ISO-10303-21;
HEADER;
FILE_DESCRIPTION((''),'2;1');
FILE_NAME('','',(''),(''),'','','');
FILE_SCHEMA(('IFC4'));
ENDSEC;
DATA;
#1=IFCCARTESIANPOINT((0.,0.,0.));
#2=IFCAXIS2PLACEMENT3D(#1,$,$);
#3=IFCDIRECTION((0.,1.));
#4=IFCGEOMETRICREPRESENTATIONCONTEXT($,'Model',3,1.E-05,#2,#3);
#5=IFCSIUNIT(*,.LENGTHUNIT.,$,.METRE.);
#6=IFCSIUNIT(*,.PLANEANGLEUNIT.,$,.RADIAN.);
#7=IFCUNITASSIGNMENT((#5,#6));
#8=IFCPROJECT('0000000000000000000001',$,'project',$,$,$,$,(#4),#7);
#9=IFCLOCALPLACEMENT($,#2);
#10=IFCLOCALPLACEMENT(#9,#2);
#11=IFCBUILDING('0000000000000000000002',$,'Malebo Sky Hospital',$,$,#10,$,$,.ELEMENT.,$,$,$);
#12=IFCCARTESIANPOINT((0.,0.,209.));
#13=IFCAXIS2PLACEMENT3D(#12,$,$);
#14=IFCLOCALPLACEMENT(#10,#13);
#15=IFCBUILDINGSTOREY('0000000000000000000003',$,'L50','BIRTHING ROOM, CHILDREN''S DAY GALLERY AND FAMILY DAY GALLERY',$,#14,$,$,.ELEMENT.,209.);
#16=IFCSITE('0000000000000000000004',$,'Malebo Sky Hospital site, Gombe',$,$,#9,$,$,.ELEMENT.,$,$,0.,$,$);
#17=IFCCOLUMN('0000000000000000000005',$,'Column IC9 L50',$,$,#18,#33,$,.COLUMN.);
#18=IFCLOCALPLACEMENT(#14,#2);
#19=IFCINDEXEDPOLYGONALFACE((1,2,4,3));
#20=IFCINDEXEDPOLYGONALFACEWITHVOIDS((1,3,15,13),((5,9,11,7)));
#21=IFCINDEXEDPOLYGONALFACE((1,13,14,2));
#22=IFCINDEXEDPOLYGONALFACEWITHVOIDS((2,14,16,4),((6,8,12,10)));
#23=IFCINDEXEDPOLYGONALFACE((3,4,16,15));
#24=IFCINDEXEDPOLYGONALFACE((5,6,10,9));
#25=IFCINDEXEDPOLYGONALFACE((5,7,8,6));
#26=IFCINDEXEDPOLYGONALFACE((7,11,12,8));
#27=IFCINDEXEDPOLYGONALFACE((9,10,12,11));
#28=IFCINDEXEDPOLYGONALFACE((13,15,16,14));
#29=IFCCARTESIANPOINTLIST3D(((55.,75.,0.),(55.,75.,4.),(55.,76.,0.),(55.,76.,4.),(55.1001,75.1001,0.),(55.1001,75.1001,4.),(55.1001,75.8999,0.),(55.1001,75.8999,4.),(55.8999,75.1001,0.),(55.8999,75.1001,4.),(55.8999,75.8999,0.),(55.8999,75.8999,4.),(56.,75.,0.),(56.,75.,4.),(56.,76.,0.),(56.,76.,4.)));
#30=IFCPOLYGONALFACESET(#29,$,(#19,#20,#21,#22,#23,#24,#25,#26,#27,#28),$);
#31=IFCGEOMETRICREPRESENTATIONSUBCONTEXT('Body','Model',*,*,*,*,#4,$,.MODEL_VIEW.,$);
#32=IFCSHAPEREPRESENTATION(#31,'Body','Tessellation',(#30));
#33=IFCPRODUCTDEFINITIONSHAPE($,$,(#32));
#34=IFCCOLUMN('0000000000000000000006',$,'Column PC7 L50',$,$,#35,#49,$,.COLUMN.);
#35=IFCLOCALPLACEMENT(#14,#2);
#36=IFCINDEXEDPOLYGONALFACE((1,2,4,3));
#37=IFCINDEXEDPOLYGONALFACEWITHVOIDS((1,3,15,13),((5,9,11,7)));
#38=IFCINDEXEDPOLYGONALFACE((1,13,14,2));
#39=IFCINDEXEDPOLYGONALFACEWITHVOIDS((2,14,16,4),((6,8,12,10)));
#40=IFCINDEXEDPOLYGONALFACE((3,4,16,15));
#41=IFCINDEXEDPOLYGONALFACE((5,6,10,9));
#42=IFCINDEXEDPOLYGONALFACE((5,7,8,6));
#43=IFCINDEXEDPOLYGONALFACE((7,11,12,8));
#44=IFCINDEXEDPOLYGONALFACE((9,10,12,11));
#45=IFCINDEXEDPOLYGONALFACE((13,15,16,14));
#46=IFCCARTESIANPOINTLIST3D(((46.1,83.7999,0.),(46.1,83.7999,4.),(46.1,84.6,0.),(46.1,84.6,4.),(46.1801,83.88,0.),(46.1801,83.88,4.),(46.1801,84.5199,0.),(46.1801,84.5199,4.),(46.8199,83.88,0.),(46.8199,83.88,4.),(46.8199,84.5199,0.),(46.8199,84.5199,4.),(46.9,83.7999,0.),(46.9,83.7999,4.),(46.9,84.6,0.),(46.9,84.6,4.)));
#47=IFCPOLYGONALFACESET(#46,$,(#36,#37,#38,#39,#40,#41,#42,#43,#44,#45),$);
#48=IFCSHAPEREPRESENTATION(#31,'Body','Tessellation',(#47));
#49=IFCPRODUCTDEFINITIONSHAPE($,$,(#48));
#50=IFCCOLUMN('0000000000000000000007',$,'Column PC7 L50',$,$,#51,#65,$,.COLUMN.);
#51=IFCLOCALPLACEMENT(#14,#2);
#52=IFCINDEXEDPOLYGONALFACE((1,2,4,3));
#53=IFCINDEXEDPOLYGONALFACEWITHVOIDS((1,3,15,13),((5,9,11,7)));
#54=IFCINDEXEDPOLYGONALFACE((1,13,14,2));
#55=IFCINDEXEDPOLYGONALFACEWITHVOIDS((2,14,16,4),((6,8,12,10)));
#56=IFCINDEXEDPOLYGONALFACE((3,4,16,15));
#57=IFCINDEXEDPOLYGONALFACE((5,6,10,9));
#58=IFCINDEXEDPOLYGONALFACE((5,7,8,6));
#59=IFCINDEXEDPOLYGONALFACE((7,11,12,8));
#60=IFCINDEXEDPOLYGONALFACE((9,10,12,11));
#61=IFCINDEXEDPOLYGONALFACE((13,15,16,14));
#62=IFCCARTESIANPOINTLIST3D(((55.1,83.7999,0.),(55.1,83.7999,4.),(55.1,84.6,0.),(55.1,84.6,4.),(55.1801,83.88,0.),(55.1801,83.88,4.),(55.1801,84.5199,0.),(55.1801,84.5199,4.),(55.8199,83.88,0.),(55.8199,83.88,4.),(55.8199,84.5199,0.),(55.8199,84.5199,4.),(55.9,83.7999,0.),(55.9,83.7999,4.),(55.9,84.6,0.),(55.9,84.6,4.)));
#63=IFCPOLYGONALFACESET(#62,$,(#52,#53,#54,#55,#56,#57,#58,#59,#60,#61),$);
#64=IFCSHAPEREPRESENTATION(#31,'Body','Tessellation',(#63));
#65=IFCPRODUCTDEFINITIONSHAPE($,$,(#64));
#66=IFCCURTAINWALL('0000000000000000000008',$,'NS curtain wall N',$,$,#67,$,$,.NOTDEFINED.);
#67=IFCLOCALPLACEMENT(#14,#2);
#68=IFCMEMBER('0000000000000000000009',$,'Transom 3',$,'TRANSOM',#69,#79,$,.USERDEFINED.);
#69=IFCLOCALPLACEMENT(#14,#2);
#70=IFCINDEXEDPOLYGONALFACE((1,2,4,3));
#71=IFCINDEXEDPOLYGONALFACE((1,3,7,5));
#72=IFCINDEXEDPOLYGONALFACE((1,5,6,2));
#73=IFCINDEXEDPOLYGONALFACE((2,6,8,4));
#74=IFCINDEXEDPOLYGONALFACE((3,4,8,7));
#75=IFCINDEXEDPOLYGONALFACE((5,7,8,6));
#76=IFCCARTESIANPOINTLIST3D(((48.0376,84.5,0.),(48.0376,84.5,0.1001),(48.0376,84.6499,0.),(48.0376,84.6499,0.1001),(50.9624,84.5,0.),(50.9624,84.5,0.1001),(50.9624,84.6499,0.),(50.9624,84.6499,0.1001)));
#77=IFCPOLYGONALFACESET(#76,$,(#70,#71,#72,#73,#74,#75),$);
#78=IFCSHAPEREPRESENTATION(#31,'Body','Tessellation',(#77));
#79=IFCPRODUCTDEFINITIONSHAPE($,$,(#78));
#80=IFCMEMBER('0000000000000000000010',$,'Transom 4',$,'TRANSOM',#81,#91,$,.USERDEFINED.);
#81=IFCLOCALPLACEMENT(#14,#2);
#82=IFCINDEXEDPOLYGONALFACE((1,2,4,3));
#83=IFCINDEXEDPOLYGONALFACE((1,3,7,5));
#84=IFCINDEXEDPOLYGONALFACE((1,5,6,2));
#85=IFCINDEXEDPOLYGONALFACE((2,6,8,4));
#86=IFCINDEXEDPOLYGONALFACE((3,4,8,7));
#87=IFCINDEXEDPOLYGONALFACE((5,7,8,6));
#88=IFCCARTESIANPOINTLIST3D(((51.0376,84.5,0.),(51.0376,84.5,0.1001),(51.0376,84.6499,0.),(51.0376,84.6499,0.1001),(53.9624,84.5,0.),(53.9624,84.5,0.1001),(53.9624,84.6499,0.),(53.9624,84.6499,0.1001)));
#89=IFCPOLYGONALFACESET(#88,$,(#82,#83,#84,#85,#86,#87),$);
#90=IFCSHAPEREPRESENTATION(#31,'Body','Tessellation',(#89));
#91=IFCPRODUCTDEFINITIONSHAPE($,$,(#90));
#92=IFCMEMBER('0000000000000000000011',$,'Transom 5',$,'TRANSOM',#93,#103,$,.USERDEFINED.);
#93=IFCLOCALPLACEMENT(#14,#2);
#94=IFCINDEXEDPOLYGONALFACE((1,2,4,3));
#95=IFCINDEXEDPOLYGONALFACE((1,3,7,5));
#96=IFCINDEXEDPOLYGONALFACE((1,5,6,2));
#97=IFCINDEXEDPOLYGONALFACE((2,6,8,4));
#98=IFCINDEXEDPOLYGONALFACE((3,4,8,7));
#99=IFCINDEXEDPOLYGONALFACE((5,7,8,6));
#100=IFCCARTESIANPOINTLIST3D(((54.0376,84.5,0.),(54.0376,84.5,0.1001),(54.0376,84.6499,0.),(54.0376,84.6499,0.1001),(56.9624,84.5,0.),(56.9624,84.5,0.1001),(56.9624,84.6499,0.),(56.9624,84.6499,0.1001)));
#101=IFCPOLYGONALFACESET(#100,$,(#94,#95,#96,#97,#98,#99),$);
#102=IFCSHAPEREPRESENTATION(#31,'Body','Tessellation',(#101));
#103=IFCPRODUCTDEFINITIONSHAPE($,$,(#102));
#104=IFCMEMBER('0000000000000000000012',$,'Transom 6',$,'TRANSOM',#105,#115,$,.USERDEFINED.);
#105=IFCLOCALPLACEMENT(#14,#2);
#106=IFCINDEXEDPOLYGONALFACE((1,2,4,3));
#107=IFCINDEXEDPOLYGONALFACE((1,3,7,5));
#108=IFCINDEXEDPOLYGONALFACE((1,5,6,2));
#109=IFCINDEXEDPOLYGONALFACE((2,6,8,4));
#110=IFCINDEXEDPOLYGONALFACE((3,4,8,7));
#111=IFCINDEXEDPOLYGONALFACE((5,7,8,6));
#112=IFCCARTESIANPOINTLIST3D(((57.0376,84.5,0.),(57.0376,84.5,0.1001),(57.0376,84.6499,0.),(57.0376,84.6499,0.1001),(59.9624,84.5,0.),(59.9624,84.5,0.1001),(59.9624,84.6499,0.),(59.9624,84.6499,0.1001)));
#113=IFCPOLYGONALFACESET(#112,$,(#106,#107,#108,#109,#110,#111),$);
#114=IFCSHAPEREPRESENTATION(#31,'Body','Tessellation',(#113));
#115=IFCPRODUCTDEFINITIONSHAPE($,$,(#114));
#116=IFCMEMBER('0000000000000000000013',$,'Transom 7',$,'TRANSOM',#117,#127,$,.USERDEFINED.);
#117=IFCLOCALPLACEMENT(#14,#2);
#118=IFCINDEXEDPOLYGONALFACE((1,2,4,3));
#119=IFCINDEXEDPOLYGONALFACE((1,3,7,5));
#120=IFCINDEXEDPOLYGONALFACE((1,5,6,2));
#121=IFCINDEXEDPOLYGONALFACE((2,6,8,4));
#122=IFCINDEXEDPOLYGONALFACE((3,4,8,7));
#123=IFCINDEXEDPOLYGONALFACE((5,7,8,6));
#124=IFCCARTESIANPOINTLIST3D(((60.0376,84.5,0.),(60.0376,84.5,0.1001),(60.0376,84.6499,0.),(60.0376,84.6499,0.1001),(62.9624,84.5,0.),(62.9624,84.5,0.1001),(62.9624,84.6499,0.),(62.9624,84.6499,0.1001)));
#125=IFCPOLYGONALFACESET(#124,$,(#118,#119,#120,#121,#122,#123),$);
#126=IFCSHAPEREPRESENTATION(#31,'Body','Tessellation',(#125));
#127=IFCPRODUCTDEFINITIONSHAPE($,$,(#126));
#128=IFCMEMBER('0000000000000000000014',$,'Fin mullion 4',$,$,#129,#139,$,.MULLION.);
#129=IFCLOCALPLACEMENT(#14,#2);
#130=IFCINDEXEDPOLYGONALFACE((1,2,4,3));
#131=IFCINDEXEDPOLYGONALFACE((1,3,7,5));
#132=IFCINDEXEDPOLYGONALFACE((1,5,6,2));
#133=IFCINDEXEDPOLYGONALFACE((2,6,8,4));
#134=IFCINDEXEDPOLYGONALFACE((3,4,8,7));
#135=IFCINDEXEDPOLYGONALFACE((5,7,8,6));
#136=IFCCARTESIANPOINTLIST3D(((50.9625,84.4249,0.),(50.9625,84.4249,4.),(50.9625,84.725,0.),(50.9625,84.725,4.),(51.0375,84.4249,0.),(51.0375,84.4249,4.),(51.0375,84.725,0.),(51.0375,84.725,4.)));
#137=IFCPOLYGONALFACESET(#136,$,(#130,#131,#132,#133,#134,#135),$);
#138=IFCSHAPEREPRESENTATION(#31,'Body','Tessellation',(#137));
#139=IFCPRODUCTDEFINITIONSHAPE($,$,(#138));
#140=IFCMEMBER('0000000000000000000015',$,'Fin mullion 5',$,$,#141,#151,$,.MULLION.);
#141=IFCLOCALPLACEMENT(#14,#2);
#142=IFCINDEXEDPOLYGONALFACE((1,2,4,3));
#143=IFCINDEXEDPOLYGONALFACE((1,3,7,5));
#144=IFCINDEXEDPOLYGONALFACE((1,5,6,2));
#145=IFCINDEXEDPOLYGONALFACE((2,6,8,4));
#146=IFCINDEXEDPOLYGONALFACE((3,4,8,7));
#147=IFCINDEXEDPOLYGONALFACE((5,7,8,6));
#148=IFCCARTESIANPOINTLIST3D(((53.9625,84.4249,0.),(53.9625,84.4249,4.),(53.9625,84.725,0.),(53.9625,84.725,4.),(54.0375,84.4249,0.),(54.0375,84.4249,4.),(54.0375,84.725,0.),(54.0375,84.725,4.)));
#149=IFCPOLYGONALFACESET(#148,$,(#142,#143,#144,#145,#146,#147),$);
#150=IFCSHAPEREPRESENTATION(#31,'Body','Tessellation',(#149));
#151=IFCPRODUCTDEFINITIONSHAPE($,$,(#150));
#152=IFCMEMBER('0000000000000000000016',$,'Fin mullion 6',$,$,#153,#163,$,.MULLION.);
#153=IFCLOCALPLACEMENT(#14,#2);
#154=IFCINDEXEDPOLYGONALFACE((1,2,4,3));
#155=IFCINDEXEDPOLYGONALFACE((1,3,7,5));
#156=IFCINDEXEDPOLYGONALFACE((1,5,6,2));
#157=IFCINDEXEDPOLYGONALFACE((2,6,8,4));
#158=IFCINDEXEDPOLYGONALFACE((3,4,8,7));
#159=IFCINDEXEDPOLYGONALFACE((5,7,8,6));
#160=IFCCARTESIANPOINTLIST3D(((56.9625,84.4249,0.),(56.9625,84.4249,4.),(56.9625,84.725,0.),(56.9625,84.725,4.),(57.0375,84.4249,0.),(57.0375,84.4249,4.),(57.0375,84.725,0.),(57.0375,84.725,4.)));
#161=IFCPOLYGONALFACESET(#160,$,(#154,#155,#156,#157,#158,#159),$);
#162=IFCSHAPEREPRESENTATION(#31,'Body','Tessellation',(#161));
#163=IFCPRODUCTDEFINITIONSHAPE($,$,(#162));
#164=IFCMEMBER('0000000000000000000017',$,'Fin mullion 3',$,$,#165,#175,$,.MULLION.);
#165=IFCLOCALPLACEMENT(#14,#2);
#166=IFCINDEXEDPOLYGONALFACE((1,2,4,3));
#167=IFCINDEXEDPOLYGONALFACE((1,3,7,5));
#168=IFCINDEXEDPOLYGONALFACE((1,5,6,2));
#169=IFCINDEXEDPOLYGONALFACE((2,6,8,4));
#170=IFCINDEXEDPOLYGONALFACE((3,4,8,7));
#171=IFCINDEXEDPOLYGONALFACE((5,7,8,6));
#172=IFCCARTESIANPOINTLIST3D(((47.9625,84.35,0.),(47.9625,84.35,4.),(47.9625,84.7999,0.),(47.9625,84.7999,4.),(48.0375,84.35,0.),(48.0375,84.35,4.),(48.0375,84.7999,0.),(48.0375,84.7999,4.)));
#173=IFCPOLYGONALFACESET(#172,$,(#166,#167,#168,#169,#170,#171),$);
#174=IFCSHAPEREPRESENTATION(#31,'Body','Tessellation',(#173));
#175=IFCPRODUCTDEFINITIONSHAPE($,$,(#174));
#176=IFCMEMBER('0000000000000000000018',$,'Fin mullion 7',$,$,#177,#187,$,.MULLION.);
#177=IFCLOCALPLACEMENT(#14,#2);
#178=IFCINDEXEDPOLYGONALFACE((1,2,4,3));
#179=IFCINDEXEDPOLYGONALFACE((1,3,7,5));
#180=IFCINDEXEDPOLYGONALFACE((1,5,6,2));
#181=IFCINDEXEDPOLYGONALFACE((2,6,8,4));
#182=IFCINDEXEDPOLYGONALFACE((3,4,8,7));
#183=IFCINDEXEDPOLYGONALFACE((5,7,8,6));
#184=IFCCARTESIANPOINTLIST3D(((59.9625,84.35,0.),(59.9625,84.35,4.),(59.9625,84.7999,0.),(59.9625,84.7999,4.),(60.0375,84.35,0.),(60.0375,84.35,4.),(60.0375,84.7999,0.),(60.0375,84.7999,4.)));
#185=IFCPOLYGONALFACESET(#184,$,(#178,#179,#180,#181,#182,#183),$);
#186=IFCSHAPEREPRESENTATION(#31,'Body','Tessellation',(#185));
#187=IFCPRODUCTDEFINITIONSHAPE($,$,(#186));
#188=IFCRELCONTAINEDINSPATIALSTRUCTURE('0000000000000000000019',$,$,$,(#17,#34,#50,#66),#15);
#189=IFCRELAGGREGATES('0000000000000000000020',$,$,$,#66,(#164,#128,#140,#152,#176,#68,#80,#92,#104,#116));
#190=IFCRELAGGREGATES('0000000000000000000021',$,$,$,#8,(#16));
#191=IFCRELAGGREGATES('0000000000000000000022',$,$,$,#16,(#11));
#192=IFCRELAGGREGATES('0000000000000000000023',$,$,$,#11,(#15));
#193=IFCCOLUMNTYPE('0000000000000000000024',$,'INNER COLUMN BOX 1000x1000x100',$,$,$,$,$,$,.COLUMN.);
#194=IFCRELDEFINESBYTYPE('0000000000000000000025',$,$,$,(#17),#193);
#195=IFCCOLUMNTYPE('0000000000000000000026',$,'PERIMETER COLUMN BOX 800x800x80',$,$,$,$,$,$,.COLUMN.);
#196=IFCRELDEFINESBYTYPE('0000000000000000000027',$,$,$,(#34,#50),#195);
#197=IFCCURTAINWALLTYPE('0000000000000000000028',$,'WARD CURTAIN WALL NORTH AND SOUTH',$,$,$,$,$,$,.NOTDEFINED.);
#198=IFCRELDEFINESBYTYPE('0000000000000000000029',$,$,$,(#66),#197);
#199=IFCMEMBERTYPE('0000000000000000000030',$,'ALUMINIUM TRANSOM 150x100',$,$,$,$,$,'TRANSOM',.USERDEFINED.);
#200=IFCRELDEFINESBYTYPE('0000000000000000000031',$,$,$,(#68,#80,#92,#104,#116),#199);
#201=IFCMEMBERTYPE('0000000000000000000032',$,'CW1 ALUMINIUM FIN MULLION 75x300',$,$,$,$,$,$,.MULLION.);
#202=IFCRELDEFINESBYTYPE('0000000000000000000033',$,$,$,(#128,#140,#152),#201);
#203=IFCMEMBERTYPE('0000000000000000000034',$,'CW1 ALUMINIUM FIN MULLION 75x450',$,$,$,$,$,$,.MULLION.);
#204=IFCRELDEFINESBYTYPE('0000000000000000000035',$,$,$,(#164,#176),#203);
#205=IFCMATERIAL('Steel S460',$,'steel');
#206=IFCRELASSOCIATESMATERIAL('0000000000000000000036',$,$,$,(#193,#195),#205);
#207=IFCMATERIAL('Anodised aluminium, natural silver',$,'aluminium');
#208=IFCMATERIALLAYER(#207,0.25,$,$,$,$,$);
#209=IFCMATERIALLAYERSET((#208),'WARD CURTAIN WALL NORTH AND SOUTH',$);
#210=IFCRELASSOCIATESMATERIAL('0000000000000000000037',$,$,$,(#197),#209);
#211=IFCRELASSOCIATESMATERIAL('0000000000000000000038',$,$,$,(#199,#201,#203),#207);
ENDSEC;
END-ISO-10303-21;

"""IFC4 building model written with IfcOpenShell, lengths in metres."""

from ifc_helpers import new_model, si_unit, direction, frame, origin, origin_2d, place, context, subcontext, project, spatial, rectangle, hollow_rectangle, extrude, material, layer, layer_set, material_profile, profile_set, type_object, element, aggregate, save


model = new_model("IFC4")

# Units and contexts
model_context = context("Model", 3, precision=1e-05, world=origin(), true_north=direction((0.0, 1.0)))
body_context = subcontext(model_context, "Body", "Model", "MODEL_VIEW")
ifc_project = project(units=[si_unit("LENGTHUNIT", "METRE"), si_unit("PLANEANGLEUNIT", "RADIAN")], contexts=[model_context])

# Site, building, storey
site_placement = place(None, origin())
site = spatial("IfcSite", under=ifc_project, at=site_placement, Name="Malebo Sky Hospital site, Gombe", CompositionType="ELEMENT", RefElevation=0.0)
building_placement = place(site_placement, origin())
building = spatial("IfcBuilding", under=site, at=building_placement, Name="Malebo Sky Hospital", CompositionType="ELEMENT")
storey_placement = place(building_placement, frame((0.0, 0.0, 209.0)))
storey = spatial("IfcBuildingStorey", under=building, at=storey_placement, Name="L50", Description="BIRTHING ROOM, CHILDREN'S DAY GALLERY AND FAMILY DAY GALLERY", CompositionType="ELEMENT", Elevation=209.0)

# Columns
ifc_material_1 = material(Name="Steel S460", Category="steel")
ifc_material_profile_1 = material_profile(ifc_material_1, hollow_rectangle(XDim=1.0, YDim=1.0, WallThickness=0.1001, at=origin_2d()), Name="BOX 1000x1000x100")
ifc_profile_set_1 = profile_set([ifc_material_profile_1], Name="Steel S460")
column_type_1 = type_object("IfcColumnType", Name="INNER COLUMN BOX 1000x1000x100", PredefinedType="COLUMN", material=ifc_profile_set_1)
column_placement = place(storey_placement, frame((55.5, 75.5, 0.0), z_axis=(0.0, 0.0, 1.0), x_axis=(1.0, 0.0, 0.0)))
element("IfcColumn", 1, at=column_placement, inside=storey, type_object=column_type_1, Name="Column IC9 L50", PredefinedType="COLUMN", context=body_context, shape_type="SweptSolid", body=[
    extrude(hollow_rectangle(XDim=1.0, YDim=1.0, WallThickness=0.1001, at=origin_2d()), origin(), (0.0, 0.0, 1.0), 4.0),
])
ifc_material_profile_2 = material_profile(ifc_material_1, hollow_rectangle(XDim=0.8, YDim=0.8, WallThickness=0.0801, at=origin_2d()), Name="BOX 800x800x80")
ifc_profile_set_2 = profile_set([ifc_material_profile_2], Name="Steel S460")
column_type_2 = type_object("IfcColumnType", Name="PERIMETER COLUMN BOX 800x800x80", PredefinedType="COLUMN", material=ifc_profile_set_2)
for number, where, z_axis, x_axis, name in (
    (2, (46.5, 84.2, 0.0), (0.0, 0.0, 1.0), (1.0, 0.0, 0.0), "Column PC7 L50"),
    (3, (55.5, 84.2, 0.0), (0.0, 0.0, 1.0), (1.0, 0.0, 0.0), "Column PC7 L50"),
):
    element("IfcColumn", number, at=place(storey_placement, frame(where, z_axis=z_axis, x_axis=x_axis)), inside=storey, type_object=column_type_2, Name=name, PredefinedType="COLUMN", context=body_context, shape_type="SweptSolid", body=[
        extrude(hollow_rectangle(XDim=0.8, YDim=0.8, WallThickness=0.0801, at=origin_2d()), origin(), (0.0, 0.0, 1.0), 4.0),
    ])

# Curtain wall, members
ifc_material_2 = material(Name="Anodised aluminium, natural silver", Category="aluminium")
ifc_layer_1 = layer(ifc_material_2, 0.25)
ifc_layer_set_1 = layer_set([ifc_layer_1], Name="WARD CURTAIN WALL NORTH AND SOUTH")
curtain_wall_type = type_object("IfcCurtainWallType", Name="WARD CURTAIN WALL NORTH AND SOUTH", PredefinedType="NOTDEFINED", material=ifc_layer_set_1)
curtain_wall_placement = place(storey_placement, origin())
curtain_wall = element("IfcCurtainWall", 4, at=curtain_wall_placement, inside=storey, type_object=curtain_wall_type, Name="NS curtain wall N", PredefinedType="NOTDEFINED")
ifc_material_profile_3 = material_profile(ifc_material_2, rectangle(XDim=0.1499, YDim=0.1001, at=origin_2d()), Name="ALUMINIUM TRANSOM 150x100")
ifc_profile_set_3 = profile_set([ifc_material_profile_3], Name="Anodised aluminium, natural silver")
member_type_1 = type_object("IfcMemberType", Name="ALUMINIUM TRANSOM 150x100", ElementType="TRANSOM", PredefinedType="USERDEFINED", material=ifc_profile_set_3)
member_1_placement = place(storey_placement, frame((48.0376, 84.575, 0.05), z_axis=(1.0, 0.0, 0.0), x_axis=(0.0, 1.0, 0.0)))
member_1 = element("IfcMember", 5, at=member_1_placement, type_object=member_type_1, Name="Transom 3", ObjectType="TRANSOM", PredefinedType="USERDEFINED", context=body_context, shape_type="SweptSolid", body=[
    extrude(rectangle(XDim=0.1499, YDim=0.1001, at=origin_2d()), origin(), (0.0, 0.0, 1.0), 2.9248),
])
member_2_placement = place(storey_placement, frame((51.0376, 84.575, 0.05), z_axis=(1.0, 0.0, 0.0), x_axis=(0.0, 1.0, 0.0)))
member_2 = element("IfcMember", 6, at=member_2_placement, type_object=member_type_1, Name="Transom 4", ObjectType="TRANSOM", PredefinedType="USERDEFINED", context=body_context, shape_type="SweptSolid", body=[
    extrude(rectangle(XDim=0.1499, YDim=0.1001, at=origin_2d()), origin(), (0.0, 0.0, 1.0), 2.9248),
])
member_3_placement = place(storey_placement, frame((54.0376, 84.575, 0.05), z_axis=(1.0, 0.0, 0.0), x_axis=(0.0, 1.0, 0.0)))
member_3 = element("IfcMember", 7, at=member_3_placement, type_object=member_type_1, Name="Transom 5", ObjectType="TRANSOM", PredefinedType="USERDEFINED", context=body_context, shape_type="SweptSolid", body=[
    extrude(rectangle(XDim=0.1499, YDim=0.1001, at=origin_2d()), origin(), (0.0, 0.0, 1.0), 2.9248),
])
member_4_placement = place(storey_placement, frame((57.0376, 84.575, 0.05), z_axis=(1.0, 0.0, 0.0), x_axis=(0.0, 1.0, 0.0)))
member_4 = element("IfcMember", 8, at=member_4_placement, type_object=member_type_1, Name="Transom 6", ObjectType="TRANSOM", PredefinedType="USERDEFINED", context=body_context, shape_type="SweptSolid", body=[
    extrude(rectangle(XDim=0.1499, YDim=0.1001, at=origin_2d()), origin(), (0.0, 0.0, 1.0), 2.9248),
])
member_5_placement = place(storey_placement, frame((60.0376, 84.575, 0.05), z_axis=(1.0, 0.0, 0.0), x_axis=(0.0, 1.0, 0.0)))
member_5 = element("IfcMember", 9, at=member_5_placement, type_object=member_type_1, Name="Transom 7", ObjectType="TRANSOM", PredefinedType="USERDEFINED", context=body_context, shape_type="SweptSolid", body=[
    extrude(rectangle(XDim=0.1499, YDim=0.1001, at=origin_2d()), origin(), (0.0, 0.0, 1.0), 2.9248),
])
ifc_material_profile_4 = material_profile(ifc_material_2, rectangle(XDim=0.075, YDim=0.3, at=origin_2d()), Name="CW1 ALUMINIUM FIN MULLION 75x300")
ifc_profile_set_4 = profile_set([ifc_material_profile_4], Name="Anodised aluminium, natural silver")
member_type_2 = type_object("IfcMemberType", Name="CW1 ALUMINIUM FIN MULLION 75x300", PredefinedType="MULLION", material=ifc_profile_set_4)
member_6_placement = place(storey_placement, frame((51.0, 84.575, 0.0), z_axis=(0.0, 0.0, 1.0), x_axis=(1.0, 0.0, 0.0)))
member_6 = element("IfcMember", 10, at=member_6_placement, type_object=member_type_2, Name="Fin mullion 4", PredefinedType="MULLION", context=body_context, shape_type="SweptSolid", body=[
    extrude(rectangle(XDim=0.075, YDim=0.3, at=origin_2d()), origin(), (0.0, 0.0, 1.0), 4.0),
])
member_7_placement = place(storey_placement, frame((54.0, 84.575, 0.0), z_axis=(0.0, 0.0, 1.0), x_axis=(1.0, 0.0, 0.0)))
member_7 = element("IfcMember", 11, at=member_7_placement, type_object=member_type_2, Name="Fin mullion 5", PredefinedType="MULLION", context=body_context, shape_type="SweptSolid", body=[
    extrude(rectangle(XDim=0.075, YDim=0.3, at=origin_2d()), origin(), (0.0, 0.0, 1.0), 4.0),
])
member_8_placement = place(storey_placement, frame((57.0, 84.575, 0.0), z_axis=(0.0, 0.0, 1.0), x_axis=(1.0, 0.0, 0.0)))
member_8 = element("IfcMember", 12, at=member_8_placement, type_object=member_type_2, Name="Fin mullion 6", PredefinedType="MULLION", context=body_context, shape_type="SweptSolid", body=[
    extrude(rectangle(XDim=0.075, YDim=0.3, at=origin_2d()), origin(), (0.0, 0.0, 1.0), 4.0),
])
ifc_material_profile_5 = material_profile(ifc_material_2, rectangle(XDim=0.075, YDim=0.45, at=origin_2d()), Name="CW1 ALUMINIUM FIN MULLION 75x450")
ifc_profile_set_5 = profile_set([ifc_material_profile_5], Name="Anodised aluminium, natural silver")
member_type_3 = type_object("IfcMemberType", Name="CW1 ALUMINIUM FIN MULLION 75x450", PredefinedType="MULLION", material=ifc_profile_set_5)
member_9_placement = place(storey_placement, frame((48.0, 84.575, 0.0), z_axis=(0.0, 0.0, 1.0), x_axis=(1.0, 0.0, 0.0)))
member_9 = element("IfcMember", 13, at=member_9_placement, type_object=member_type_3, Name="Fin mullion 3", PredefinedType="MULLION", context=body_context, shape_type="SweptSolid", body=[
    extrude(rectangle(XDim=0.075, YDim=0.45, at=origin_2d()), origin(), (0.0, 0.0, 1.0), 4.0),
])
member_10_placement = place(storey_placement, frame((60.0, 84.575, 0.0), z_axis=(0.0, 0.0, 1.0), x_axis=(1.0, 0.0, 0.0)))
member_10 = element("IfcMember", 14, at=member_10_placement, type_object=member_type_3, Name="Fin mullion 7", PredefinedType="MULLION", context=body_context, shape_type="SweptSolid", body=[
    extrude(rectangle(XDim=0.075, YDim=0.45, at=origin_2d()), origin(), (0.0, 0.0, 1.0), 4.0),
])

aggregate(curtain_wall, [member_9, member_6, member_7, member_8, member_10, member_1, member_2, member_3, member_4, member_5])

save(model, "model.ifc")
